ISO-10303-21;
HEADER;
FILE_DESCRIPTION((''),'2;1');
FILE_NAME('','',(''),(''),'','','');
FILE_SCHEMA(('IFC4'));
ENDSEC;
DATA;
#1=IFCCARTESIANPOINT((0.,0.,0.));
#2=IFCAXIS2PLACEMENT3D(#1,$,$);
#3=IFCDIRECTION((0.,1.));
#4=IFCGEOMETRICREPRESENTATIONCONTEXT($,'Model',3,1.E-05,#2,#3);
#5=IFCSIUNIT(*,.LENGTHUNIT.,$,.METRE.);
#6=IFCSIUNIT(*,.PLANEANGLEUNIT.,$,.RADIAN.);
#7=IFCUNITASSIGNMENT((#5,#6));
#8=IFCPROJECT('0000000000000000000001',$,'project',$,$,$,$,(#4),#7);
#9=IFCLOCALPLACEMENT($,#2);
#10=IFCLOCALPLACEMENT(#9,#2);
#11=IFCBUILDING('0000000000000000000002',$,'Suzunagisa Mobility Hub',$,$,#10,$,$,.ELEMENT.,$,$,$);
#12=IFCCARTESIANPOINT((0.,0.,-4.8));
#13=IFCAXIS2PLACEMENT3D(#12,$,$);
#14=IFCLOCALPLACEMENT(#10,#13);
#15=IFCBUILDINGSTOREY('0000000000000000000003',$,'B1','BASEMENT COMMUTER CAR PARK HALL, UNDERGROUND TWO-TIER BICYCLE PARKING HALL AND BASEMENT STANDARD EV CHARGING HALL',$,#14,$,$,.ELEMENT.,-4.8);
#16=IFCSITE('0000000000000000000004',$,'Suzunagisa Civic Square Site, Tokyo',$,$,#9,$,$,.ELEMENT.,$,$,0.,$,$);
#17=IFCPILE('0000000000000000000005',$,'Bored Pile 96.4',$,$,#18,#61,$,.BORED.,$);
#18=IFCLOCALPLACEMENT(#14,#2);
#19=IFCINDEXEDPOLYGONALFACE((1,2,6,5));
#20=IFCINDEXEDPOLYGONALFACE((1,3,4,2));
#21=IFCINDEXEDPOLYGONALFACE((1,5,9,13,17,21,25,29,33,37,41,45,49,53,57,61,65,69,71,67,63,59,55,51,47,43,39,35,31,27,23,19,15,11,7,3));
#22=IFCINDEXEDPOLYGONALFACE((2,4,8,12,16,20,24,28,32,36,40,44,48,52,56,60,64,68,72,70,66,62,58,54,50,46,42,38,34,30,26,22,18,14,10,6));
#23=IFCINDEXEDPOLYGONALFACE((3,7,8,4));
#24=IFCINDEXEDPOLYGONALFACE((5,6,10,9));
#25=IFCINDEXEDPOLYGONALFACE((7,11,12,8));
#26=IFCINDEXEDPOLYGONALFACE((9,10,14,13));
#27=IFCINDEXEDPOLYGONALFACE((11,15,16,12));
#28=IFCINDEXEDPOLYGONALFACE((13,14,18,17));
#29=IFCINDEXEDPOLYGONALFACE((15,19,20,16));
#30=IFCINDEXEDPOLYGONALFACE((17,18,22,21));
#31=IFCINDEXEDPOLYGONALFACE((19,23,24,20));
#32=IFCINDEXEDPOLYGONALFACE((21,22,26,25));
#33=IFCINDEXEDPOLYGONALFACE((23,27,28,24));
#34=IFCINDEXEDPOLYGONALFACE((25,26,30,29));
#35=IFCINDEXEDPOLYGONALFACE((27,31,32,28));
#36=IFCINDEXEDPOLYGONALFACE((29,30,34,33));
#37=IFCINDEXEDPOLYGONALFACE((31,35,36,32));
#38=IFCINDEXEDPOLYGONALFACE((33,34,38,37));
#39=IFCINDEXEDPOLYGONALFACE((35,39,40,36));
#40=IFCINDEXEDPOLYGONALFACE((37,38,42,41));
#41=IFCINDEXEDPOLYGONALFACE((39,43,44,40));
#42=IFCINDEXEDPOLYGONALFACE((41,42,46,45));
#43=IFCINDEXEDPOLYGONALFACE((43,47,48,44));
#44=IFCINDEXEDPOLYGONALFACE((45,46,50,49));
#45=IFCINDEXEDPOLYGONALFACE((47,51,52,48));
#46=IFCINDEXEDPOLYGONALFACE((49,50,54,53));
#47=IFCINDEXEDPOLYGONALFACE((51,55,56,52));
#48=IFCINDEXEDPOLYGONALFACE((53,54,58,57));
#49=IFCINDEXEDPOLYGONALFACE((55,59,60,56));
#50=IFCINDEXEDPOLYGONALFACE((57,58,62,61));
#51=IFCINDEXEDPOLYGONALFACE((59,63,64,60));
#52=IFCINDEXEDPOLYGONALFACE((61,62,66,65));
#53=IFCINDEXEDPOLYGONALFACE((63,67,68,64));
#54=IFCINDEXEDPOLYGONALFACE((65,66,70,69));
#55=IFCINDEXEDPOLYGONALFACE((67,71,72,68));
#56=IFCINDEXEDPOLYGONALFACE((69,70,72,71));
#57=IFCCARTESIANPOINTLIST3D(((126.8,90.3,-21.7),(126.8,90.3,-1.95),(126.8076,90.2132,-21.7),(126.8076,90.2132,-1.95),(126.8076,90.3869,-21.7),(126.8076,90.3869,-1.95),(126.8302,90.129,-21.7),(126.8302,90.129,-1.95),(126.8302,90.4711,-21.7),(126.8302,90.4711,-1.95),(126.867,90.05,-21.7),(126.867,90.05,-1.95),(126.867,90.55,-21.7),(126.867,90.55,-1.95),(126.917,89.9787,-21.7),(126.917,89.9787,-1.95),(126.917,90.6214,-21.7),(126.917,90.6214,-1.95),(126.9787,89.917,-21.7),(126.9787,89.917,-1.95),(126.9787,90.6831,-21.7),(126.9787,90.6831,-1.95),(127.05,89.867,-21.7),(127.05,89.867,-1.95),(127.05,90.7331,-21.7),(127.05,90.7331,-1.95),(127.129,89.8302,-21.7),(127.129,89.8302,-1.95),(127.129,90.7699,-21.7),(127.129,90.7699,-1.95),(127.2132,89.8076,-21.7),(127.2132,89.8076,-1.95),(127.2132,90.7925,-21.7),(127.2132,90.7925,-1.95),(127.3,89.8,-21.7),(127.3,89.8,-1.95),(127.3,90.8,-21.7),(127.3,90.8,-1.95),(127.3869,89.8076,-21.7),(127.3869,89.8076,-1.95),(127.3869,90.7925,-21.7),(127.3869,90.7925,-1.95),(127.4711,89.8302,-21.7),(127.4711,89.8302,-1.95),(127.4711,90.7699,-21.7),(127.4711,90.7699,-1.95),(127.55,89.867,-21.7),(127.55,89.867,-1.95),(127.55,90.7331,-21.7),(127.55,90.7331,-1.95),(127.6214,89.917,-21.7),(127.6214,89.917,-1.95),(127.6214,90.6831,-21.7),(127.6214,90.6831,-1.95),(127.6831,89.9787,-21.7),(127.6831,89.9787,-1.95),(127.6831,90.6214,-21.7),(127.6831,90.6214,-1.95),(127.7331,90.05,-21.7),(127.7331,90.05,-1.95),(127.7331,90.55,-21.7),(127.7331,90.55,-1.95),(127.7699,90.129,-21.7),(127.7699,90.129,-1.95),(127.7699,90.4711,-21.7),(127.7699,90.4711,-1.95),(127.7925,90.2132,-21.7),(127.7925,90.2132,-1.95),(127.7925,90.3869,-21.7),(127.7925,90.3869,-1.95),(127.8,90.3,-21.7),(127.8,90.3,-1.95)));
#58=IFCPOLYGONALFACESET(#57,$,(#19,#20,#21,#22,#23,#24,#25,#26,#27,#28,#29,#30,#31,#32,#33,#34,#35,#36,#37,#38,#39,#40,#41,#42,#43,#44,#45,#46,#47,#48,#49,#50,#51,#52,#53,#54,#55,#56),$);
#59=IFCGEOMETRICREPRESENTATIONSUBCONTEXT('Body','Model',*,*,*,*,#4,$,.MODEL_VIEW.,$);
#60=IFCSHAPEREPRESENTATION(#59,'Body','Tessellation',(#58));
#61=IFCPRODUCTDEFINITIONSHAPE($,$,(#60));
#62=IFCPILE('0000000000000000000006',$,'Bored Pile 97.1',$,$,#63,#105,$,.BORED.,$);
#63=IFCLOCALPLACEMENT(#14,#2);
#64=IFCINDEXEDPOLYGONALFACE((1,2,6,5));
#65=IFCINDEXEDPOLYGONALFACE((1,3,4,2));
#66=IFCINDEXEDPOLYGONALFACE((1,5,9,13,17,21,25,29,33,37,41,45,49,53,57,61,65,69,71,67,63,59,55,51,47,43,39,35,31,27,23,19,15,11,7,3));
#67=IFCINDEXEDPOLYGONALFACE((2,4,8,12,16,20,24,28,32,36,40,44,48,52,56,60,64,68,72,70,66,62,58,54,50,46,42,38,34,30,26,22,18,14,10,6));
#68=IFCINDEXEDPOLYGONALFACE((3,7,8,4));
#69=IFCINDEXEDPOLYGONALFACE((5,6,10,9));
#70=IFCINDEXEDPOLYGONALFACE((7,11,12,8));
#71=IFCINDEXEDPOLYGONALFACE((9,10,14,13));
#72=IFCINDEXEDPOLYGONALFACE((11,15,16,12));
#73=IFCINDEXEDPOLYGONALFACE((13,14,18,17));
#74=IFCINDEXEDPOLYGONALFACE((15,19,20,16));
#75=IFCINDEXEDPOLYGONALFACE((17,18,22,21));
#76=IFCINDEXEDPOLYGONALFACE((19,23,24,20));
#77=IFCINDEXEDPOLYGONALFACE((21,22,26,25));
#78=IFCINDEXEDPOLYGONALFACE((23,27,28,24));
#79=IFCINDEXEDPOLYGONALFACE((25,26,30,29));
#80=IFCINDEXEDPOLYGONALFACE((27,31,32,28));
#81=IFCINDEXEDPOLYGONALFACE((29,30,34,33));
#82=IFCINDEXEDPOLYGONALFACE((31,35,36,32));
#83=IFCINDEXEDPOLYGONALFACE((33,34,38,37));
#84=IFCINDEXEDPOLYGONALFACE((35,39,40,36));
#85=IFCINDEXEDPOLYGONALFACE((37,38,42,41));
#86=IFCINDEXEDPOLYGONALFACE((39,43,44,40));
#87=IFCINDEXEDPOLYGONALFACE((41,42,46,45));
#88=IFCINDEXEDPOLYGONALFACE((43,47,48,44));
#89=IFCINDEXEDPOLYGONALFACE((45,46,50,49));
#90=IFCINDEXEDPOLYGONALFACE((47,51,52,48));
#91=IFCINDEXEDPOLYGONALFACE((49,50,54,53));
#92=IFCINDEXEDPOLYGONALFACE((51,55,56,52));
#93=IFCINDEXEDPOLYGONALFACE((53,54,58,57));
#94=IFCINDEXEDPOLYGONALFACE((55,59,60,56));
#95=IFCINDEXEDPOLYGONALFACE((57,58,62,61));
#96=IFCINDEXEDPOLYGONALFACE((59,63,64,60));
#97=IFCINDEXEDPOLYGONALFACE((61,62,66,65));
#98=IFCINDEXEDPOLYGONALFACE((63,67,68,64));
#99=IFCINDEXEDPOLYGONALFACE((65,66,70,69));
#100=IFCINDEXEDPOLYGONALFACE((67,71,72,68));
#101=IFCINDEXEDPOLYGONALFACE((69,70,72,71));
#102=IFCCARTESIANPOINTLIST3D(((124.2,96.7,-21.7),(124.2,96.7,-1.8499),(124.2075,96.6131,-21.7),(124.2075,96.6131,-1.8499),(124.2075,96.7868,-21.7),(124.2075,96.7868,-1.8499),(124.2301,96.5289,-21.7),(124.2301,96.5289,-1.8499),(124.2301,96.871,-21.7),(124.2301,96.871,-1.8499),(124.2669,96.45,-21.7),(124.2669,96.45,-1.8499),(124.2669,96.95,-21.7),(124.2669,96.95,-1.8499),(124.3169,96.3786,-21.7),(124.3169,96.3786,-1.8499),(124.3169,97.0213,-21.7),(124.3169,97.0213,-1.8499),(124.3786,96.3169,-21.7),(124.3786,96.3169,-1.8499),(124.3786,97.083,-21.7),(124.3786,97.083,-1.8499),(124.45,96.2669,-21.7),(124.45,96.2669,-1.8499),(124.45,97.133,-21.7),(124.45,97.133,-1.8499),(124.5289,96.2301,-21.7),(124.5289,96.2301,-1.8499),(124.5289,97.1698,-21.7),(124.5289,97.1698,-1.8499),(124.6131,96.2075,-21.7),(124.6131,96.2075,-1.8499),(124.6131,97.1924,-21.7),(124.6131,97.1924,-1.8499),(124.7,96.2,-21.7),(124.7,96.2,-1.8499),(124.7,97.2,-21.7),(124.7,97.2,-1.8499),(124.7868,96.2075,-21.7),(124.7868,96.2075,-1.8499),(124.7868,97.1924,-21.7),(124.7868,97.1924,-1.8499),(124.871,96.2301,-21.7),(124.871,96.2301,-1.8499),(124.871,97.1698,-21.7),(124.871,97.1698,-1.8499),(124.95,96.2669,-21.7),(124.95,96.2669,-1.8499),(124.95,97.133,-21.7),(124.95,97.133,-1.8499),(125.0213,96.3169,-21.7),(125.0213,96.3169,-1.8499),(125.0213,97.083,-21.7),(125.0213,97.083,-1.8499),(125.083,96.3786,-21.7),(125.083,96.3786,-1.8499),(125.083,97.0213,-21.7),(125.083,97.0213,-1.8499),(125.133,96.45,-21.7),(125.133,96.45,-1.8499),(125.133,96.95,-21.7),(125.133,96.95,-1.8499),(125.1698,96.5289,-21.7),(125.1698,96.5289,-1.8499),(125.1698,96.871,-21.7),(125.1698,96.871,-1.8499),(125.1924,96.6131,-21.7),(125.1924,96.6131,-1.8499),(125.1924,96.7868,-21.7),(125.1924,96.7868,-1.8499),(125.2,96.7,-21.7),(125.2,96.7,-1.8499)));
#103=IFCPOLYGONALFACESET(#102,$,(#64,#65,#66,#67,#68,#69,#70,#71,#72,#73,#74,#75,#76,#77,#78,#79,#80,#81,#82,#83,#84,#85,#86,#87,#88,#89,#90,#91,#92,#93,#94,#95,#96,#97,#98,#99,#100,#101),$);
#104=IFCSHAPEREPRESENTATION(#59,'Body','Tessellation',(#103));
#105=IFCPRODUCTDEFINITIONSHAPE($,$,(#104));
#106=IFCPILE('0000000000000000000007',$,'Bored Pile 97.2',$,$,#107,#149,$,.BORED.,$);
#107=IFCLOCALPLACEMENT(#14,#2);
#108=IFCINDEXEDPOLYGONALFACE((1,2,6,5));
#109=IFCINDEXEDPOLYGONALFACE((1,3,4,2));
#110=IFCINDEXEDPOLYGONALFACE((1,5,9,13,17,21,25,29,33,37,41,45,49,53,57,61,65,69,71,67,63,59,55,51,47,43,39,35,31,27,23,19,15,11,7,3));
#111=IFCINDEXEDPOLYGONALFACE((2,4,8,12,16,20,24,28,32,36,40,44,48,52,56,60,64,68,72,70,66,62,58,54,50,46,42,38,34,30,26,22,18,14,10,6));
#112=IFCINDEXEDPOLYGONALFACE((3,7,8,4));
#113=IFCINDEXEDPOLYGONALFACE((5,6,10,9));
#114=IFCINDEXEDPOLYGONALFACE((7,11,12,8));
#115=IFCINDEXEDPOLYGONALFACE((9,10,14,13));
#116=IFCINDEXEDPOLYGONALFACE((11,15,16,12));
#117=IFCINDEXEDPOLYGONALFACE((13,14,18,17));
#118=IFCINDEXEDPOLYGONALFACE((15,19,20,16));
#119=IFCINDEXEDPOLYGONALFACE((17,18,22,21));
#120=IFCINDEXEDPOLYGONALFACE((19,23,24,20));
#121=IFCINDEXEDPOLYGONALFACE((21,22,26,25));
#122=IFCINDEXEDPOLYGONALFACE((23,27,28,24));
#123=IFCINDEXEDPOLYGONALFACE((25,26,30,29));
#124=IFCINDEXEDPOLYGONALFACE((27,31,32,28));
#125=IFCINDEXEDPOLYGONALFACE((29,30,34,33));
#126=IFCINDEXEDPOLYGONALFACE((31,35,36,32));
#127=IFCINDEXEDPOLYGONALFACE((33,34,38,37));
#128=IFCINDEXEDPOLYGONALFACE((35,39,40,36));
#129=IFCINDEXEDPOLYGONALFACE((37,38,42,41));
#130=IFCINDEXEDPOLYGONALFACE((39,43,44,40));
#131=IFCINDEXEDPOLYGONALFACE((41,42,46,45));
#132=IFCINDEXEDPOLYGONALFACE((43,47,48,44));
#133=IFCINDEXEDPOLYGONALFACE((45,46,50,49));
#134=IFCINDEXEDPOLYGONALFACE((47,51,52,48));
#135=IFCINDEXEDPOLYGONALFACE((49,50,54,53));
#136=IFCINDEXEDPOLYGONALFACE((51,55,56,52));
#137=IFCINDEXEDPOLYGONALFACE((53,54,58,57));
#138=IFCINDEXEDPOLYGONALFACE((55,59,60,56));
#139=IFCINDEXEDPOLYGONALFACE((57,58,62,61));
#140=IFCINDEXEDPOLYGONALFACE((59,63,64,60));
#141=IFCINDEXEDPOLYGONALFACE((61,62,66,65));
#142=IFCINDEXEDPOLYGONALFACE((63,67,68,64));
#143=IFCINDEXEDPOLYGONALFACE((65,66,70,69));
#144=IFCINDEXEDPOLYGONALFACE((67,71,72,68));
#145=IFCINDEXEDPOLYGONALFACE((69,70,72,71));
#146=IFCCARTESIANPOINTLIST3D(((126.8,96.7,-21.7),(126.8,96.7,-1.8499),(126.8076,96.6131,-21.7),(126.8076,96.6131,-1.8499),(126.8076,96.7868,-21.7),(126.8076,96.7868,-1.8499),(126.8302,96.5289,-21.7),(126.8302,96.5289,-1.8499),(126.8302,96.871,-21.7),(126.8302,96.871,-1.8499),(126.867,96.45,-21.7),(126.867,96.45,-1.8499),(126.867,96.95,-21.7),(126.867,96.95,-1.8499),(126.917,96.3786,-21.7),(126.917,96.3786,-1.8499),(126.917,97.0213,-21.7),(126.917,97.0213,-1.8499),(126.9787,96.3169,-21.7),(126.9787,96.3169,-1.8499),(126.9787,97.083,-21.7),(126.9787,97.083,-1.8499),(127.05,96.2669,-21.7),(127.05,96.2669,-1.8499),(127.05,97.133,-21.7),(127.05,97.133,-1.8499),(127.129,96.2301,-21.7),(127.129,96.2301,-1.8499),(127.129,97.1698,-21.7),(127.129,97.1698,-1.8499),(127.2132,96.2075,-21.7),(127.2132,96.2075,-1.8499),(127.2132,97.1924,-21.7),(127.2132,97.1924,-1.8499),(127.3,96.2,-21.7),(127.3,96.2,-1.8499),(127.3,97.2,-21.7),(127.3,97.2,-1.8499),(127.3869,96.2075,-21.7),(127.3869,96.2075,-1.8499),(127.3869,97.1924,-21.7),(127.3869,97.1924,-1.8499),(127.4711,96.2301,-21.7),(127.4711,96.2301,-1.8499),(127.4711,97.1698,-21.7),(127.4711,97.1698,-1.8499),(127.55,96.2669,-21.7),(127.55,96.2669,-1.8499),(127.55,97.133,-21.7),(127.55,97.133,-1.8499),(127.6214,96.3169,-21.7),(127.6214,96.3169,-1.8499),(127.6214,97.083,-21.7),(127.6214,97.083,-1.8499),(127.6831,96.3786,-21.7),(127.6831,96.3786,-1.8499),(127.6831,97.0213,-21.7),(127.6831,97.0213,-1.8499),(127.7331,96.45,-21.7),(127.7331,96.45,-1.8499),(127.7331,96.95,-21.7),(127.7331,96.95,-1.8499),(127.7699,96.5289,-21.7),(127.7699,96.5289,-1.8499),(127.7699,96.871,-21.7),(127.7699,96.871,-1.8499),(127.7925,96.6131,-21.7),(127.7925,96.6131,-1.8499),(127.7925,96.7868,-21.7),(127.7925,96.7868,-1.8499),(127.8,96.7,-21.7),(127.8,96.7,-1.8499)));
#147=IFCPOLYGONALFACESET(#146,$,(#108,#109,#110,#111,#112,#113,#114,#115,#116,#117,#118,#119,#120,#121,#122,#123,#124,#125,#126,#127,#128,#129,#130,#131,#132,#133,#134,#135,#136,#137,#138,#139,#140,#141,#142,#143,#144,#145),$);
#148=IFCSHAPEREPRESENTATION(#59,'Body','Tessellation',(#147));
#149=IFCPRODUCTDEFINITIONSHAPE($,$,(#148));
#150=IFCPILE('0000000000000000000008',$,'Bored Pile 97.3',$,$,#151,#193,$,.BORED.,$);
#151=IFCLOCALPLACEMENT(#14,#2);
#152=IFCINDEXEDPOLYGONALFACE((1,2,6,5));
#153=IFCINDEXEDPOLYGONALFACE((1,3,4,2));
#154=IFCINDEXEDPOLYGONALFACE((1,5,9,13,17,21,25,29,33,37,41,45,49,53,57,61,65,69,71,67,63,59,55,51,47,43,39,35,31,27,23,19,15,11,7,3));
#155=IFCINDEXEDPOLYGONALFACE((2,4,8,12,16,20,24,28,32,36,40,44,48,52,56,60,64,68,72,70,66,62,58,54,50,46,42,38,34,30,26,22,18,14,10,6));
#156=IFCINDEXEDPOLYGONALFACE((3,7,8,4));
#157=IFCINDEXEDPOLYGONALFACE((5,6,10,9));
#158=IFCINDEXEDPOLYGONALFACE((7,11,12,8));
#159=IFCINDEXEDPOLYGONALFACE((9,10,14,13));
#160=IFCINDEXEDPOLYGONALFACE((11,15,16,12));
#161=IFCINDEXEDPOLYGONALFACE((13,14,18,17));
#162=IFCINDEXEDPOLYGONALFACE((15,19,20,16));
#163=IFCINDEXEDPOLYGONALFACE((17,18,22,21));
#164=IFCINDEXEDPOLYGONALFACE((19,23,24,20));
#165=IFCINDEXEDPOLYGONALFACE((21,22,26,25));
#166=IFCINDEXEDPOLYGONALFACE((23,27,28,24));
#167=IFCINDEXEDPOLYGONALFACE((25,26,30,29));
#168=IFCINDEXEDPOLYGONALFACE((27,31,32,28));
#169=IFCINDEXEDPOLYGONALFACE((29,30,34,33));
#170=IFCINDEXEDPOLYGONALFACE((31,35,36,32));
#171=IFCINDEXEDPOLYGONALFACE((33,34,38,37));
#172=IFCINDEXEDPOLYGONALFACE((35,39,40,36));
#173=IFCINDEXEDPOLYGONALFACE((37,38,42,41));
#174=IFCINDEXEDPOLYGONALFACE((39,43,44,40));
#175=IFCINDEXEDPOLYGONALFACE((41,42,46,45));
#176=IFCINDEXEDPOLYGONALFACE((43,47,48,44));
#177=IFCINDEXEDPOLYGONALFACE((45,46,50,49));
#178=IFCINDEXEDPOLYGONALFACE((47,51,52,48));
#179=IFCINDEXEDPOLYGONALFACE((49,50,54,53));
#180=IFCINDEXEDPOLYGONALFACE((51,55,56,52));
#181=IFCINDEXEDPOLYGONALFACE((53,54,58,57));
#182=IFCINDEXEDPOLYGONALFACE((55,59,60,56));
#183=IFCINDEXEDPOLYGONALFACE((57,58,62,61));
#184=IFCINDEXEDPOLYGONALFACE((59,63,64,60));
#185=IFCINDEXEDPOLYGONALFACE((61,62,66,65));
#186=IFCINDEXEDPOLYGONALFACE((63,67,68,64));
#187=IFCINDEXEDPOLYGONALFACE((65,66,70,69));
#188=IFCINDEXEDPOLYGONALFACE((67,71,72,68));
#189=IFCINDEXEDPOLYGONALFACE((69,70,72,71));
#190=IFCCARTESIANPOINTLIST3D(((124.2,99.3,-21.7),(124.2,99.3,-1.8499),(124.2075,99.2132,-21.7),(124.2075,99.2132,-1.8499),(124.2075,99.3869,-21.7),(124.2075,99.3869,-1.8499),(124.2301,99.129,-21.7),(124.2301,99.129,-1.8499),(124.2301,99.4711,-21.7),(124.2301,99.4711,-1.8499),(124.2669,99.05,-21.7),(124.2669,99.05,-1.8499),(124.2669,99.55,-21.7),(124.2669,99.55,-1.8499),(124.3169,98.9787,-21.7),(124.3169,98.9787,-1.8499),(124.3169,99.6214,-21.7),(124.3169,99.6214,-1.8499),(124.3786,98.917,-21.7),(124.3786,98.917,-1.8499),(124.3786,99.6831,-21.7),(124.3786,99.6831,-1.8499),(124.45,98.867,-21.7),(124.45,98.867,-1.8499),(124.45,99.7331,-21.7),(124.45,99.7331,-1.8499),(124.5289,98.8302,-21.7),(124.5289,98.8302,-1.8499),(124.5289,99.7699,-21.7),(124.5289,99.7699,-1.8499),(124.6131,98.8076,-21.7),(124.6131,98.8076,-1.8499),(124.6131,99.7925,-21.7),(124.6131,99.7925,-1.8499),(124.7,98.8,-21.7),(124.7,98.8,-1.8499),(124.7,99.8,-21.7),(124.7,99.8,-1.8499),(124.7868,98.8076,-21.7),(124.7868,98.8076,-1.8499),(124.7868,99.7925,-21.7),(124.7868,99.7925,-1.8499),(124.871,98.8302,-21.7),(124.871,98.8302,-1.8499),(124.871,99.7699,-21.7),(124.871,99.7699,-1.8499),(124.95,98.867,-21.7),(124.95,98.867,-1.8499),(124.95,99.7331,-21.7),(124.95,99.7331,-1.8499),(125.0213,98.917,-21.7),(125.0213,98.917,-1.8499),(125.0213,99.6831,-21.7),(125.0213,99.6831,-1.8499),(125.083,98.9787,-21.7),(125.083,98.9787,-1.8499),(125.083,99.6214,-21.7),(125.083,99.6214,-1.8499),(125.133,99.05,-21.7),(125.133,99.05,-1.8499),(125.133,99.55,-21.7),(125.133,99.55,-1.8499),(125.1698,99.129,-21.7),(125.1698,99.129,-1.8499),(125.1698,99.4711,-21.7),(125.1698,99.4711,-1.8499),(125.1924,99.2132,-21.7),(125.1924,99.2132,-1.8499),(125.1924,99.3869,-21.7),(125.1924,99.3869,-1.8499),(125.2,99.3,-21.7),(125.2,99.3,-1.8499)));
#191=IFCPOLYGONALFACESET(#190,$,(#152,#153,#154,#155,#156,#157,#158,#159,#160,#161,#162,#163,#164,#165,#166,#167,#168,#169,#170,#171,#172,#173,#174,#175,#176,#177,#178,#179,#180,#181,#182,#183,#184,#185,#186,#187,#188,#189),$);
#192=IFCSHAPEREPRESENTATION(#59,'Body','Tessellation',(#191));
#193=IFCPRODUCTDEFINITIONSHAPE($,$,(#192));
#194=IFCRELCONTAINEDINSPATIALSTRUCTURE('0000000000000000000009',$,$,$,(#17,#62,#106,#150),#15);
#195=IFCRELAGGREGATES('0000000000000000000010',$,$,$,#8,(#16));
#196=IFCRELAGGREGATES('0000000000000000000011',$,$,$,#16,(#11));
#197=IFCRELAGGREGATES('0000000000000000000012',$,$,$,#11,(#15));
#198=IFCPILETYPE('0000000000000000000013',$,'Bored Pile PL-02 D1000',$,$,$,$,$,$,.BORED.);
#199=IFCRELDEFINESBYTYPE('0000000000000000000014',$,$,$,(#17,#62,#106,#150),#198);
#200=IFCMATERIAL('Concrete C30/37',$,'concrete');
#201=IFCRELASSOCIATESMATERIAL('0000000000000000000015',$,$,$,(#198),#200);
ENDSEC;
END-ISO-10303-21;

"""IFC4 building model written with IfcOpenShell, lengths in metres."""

from ifc_helpers import new_model, si_unit, direction, frame, origin, origin_2d, place, context, subcontext, project, spatial, circle, extrude, material, material_profile, profile_set, type_object, element, save


model = new_model("IFC4")

# Units and contexts
model_context = context("Model", 3, precision=1e-05, world=origin(), true_north=direction((0.0, 1.0)))
body_context = subcontext(model_context, "Body", "Model", "MODEL_VIEW")
ifc_project = project(units=[si_unit("LENGTHUNIT", "METRE"), si_unit("PLANEANGLEUNIT", "RADIAN")], contexts=[model_context])

# Site, building, storey
site_placement = place(None, origin())
site = spatial("IfcSite", under=ifc_project, at=site_placement, Name="Suzunagisa Civic Square Site, Tokyo", CompositionType="ELEMENT", RefElevation=0.0)
building_placement = place(site_placement, origin())
building = spatial("IfcBuilding", under=site, at=building_placement, Name="Suzunagisa Mobility Hub", CompositionType="ELEMENT")
storey_placement = place(building_placement, frame((0.0, 0.0, -4.8)))
storey = spatial("IfcBuildingStorey", under=building, at=storey_placement, Name="B1", Description="BASEMENT COMMUTER CAR PARK HALL, UNDERGROUND TWO-TIER BICYCLE PARKING HALL AND BASEMENT STANDARD EV CHARGING HALL", CompositionType="ELEMENT", Elevation=-4.8)

# Piles
ifc_material_1 = material(Name="Concrete C30/37", Category="concrete")
ifc_material_profile_1 = material_profile(ifc_material_1, circle(Radius=0.5, at=origin_2d()), Name="BORED PILE D1000")
ifc_profile_set_1 = profile_set([ifc_material_profile_1], Name="Concrete C30/37")
pile_type_1 = type_object("IfcPileType", Name="Bored Pile PL-02 D1000", PredefinedType="BORED", material=ifc_profile_set_1)
for number, where, z_axis, x_axis, name in (
    (1, (127.3, 90.3, -1.95), (0.0, 0.0, -1.0), (1.0, 0.0, 0.0), "Bored Pile 96.4"),
):
    element("IfcPile", number, at=place(storey_placement, frame(where, z_axis=z_axis, x_axis=x_axis)), inside=storey, type_object=pile_type_1, Name=name, PredefinedType="BORED", context=body_context, shape_type="SweptSolid", body=[
        extrude(circle(Radius=0.5, at=origin_2d()), origin(), (0.0, 0.0, 1.0), 19.75),
    ])
for number, where, z_axis, x_axis, name in (
    (2, (124.7, 96.7, -1.8499), (0.0, 0.0, -1.0), (1.0, 0.0, 0.0), "Bored Pile 97.1"),
    (3, (127.3, 96.7, -1.8499), (0.0, 0.0, -1.0), (1.0, 0.0, 0.0), "Bored Pile 97.2"),
    (4, (124.7, 99.3, -1.8499), (0.0, 0.0, -1.0), (1.0, 0.0, 0.0), "Bored Pile 97.3"),
):
    element("IfcPile", number, at=place(storey_placement, frame(where, z_axis=z_axis, x_axis=x_axis)), inside=storey, type_object=pile_type_1, Name=name, PredefinedType="BORED", context=body_context, shape_type="SweptSolid", body=[
        extrude(circle(Radius=0.5, at=origin_2d()), origin(), (0.0, 0.0, 1.0), 19.8501),
    ])

save(model, "model.ifc")
